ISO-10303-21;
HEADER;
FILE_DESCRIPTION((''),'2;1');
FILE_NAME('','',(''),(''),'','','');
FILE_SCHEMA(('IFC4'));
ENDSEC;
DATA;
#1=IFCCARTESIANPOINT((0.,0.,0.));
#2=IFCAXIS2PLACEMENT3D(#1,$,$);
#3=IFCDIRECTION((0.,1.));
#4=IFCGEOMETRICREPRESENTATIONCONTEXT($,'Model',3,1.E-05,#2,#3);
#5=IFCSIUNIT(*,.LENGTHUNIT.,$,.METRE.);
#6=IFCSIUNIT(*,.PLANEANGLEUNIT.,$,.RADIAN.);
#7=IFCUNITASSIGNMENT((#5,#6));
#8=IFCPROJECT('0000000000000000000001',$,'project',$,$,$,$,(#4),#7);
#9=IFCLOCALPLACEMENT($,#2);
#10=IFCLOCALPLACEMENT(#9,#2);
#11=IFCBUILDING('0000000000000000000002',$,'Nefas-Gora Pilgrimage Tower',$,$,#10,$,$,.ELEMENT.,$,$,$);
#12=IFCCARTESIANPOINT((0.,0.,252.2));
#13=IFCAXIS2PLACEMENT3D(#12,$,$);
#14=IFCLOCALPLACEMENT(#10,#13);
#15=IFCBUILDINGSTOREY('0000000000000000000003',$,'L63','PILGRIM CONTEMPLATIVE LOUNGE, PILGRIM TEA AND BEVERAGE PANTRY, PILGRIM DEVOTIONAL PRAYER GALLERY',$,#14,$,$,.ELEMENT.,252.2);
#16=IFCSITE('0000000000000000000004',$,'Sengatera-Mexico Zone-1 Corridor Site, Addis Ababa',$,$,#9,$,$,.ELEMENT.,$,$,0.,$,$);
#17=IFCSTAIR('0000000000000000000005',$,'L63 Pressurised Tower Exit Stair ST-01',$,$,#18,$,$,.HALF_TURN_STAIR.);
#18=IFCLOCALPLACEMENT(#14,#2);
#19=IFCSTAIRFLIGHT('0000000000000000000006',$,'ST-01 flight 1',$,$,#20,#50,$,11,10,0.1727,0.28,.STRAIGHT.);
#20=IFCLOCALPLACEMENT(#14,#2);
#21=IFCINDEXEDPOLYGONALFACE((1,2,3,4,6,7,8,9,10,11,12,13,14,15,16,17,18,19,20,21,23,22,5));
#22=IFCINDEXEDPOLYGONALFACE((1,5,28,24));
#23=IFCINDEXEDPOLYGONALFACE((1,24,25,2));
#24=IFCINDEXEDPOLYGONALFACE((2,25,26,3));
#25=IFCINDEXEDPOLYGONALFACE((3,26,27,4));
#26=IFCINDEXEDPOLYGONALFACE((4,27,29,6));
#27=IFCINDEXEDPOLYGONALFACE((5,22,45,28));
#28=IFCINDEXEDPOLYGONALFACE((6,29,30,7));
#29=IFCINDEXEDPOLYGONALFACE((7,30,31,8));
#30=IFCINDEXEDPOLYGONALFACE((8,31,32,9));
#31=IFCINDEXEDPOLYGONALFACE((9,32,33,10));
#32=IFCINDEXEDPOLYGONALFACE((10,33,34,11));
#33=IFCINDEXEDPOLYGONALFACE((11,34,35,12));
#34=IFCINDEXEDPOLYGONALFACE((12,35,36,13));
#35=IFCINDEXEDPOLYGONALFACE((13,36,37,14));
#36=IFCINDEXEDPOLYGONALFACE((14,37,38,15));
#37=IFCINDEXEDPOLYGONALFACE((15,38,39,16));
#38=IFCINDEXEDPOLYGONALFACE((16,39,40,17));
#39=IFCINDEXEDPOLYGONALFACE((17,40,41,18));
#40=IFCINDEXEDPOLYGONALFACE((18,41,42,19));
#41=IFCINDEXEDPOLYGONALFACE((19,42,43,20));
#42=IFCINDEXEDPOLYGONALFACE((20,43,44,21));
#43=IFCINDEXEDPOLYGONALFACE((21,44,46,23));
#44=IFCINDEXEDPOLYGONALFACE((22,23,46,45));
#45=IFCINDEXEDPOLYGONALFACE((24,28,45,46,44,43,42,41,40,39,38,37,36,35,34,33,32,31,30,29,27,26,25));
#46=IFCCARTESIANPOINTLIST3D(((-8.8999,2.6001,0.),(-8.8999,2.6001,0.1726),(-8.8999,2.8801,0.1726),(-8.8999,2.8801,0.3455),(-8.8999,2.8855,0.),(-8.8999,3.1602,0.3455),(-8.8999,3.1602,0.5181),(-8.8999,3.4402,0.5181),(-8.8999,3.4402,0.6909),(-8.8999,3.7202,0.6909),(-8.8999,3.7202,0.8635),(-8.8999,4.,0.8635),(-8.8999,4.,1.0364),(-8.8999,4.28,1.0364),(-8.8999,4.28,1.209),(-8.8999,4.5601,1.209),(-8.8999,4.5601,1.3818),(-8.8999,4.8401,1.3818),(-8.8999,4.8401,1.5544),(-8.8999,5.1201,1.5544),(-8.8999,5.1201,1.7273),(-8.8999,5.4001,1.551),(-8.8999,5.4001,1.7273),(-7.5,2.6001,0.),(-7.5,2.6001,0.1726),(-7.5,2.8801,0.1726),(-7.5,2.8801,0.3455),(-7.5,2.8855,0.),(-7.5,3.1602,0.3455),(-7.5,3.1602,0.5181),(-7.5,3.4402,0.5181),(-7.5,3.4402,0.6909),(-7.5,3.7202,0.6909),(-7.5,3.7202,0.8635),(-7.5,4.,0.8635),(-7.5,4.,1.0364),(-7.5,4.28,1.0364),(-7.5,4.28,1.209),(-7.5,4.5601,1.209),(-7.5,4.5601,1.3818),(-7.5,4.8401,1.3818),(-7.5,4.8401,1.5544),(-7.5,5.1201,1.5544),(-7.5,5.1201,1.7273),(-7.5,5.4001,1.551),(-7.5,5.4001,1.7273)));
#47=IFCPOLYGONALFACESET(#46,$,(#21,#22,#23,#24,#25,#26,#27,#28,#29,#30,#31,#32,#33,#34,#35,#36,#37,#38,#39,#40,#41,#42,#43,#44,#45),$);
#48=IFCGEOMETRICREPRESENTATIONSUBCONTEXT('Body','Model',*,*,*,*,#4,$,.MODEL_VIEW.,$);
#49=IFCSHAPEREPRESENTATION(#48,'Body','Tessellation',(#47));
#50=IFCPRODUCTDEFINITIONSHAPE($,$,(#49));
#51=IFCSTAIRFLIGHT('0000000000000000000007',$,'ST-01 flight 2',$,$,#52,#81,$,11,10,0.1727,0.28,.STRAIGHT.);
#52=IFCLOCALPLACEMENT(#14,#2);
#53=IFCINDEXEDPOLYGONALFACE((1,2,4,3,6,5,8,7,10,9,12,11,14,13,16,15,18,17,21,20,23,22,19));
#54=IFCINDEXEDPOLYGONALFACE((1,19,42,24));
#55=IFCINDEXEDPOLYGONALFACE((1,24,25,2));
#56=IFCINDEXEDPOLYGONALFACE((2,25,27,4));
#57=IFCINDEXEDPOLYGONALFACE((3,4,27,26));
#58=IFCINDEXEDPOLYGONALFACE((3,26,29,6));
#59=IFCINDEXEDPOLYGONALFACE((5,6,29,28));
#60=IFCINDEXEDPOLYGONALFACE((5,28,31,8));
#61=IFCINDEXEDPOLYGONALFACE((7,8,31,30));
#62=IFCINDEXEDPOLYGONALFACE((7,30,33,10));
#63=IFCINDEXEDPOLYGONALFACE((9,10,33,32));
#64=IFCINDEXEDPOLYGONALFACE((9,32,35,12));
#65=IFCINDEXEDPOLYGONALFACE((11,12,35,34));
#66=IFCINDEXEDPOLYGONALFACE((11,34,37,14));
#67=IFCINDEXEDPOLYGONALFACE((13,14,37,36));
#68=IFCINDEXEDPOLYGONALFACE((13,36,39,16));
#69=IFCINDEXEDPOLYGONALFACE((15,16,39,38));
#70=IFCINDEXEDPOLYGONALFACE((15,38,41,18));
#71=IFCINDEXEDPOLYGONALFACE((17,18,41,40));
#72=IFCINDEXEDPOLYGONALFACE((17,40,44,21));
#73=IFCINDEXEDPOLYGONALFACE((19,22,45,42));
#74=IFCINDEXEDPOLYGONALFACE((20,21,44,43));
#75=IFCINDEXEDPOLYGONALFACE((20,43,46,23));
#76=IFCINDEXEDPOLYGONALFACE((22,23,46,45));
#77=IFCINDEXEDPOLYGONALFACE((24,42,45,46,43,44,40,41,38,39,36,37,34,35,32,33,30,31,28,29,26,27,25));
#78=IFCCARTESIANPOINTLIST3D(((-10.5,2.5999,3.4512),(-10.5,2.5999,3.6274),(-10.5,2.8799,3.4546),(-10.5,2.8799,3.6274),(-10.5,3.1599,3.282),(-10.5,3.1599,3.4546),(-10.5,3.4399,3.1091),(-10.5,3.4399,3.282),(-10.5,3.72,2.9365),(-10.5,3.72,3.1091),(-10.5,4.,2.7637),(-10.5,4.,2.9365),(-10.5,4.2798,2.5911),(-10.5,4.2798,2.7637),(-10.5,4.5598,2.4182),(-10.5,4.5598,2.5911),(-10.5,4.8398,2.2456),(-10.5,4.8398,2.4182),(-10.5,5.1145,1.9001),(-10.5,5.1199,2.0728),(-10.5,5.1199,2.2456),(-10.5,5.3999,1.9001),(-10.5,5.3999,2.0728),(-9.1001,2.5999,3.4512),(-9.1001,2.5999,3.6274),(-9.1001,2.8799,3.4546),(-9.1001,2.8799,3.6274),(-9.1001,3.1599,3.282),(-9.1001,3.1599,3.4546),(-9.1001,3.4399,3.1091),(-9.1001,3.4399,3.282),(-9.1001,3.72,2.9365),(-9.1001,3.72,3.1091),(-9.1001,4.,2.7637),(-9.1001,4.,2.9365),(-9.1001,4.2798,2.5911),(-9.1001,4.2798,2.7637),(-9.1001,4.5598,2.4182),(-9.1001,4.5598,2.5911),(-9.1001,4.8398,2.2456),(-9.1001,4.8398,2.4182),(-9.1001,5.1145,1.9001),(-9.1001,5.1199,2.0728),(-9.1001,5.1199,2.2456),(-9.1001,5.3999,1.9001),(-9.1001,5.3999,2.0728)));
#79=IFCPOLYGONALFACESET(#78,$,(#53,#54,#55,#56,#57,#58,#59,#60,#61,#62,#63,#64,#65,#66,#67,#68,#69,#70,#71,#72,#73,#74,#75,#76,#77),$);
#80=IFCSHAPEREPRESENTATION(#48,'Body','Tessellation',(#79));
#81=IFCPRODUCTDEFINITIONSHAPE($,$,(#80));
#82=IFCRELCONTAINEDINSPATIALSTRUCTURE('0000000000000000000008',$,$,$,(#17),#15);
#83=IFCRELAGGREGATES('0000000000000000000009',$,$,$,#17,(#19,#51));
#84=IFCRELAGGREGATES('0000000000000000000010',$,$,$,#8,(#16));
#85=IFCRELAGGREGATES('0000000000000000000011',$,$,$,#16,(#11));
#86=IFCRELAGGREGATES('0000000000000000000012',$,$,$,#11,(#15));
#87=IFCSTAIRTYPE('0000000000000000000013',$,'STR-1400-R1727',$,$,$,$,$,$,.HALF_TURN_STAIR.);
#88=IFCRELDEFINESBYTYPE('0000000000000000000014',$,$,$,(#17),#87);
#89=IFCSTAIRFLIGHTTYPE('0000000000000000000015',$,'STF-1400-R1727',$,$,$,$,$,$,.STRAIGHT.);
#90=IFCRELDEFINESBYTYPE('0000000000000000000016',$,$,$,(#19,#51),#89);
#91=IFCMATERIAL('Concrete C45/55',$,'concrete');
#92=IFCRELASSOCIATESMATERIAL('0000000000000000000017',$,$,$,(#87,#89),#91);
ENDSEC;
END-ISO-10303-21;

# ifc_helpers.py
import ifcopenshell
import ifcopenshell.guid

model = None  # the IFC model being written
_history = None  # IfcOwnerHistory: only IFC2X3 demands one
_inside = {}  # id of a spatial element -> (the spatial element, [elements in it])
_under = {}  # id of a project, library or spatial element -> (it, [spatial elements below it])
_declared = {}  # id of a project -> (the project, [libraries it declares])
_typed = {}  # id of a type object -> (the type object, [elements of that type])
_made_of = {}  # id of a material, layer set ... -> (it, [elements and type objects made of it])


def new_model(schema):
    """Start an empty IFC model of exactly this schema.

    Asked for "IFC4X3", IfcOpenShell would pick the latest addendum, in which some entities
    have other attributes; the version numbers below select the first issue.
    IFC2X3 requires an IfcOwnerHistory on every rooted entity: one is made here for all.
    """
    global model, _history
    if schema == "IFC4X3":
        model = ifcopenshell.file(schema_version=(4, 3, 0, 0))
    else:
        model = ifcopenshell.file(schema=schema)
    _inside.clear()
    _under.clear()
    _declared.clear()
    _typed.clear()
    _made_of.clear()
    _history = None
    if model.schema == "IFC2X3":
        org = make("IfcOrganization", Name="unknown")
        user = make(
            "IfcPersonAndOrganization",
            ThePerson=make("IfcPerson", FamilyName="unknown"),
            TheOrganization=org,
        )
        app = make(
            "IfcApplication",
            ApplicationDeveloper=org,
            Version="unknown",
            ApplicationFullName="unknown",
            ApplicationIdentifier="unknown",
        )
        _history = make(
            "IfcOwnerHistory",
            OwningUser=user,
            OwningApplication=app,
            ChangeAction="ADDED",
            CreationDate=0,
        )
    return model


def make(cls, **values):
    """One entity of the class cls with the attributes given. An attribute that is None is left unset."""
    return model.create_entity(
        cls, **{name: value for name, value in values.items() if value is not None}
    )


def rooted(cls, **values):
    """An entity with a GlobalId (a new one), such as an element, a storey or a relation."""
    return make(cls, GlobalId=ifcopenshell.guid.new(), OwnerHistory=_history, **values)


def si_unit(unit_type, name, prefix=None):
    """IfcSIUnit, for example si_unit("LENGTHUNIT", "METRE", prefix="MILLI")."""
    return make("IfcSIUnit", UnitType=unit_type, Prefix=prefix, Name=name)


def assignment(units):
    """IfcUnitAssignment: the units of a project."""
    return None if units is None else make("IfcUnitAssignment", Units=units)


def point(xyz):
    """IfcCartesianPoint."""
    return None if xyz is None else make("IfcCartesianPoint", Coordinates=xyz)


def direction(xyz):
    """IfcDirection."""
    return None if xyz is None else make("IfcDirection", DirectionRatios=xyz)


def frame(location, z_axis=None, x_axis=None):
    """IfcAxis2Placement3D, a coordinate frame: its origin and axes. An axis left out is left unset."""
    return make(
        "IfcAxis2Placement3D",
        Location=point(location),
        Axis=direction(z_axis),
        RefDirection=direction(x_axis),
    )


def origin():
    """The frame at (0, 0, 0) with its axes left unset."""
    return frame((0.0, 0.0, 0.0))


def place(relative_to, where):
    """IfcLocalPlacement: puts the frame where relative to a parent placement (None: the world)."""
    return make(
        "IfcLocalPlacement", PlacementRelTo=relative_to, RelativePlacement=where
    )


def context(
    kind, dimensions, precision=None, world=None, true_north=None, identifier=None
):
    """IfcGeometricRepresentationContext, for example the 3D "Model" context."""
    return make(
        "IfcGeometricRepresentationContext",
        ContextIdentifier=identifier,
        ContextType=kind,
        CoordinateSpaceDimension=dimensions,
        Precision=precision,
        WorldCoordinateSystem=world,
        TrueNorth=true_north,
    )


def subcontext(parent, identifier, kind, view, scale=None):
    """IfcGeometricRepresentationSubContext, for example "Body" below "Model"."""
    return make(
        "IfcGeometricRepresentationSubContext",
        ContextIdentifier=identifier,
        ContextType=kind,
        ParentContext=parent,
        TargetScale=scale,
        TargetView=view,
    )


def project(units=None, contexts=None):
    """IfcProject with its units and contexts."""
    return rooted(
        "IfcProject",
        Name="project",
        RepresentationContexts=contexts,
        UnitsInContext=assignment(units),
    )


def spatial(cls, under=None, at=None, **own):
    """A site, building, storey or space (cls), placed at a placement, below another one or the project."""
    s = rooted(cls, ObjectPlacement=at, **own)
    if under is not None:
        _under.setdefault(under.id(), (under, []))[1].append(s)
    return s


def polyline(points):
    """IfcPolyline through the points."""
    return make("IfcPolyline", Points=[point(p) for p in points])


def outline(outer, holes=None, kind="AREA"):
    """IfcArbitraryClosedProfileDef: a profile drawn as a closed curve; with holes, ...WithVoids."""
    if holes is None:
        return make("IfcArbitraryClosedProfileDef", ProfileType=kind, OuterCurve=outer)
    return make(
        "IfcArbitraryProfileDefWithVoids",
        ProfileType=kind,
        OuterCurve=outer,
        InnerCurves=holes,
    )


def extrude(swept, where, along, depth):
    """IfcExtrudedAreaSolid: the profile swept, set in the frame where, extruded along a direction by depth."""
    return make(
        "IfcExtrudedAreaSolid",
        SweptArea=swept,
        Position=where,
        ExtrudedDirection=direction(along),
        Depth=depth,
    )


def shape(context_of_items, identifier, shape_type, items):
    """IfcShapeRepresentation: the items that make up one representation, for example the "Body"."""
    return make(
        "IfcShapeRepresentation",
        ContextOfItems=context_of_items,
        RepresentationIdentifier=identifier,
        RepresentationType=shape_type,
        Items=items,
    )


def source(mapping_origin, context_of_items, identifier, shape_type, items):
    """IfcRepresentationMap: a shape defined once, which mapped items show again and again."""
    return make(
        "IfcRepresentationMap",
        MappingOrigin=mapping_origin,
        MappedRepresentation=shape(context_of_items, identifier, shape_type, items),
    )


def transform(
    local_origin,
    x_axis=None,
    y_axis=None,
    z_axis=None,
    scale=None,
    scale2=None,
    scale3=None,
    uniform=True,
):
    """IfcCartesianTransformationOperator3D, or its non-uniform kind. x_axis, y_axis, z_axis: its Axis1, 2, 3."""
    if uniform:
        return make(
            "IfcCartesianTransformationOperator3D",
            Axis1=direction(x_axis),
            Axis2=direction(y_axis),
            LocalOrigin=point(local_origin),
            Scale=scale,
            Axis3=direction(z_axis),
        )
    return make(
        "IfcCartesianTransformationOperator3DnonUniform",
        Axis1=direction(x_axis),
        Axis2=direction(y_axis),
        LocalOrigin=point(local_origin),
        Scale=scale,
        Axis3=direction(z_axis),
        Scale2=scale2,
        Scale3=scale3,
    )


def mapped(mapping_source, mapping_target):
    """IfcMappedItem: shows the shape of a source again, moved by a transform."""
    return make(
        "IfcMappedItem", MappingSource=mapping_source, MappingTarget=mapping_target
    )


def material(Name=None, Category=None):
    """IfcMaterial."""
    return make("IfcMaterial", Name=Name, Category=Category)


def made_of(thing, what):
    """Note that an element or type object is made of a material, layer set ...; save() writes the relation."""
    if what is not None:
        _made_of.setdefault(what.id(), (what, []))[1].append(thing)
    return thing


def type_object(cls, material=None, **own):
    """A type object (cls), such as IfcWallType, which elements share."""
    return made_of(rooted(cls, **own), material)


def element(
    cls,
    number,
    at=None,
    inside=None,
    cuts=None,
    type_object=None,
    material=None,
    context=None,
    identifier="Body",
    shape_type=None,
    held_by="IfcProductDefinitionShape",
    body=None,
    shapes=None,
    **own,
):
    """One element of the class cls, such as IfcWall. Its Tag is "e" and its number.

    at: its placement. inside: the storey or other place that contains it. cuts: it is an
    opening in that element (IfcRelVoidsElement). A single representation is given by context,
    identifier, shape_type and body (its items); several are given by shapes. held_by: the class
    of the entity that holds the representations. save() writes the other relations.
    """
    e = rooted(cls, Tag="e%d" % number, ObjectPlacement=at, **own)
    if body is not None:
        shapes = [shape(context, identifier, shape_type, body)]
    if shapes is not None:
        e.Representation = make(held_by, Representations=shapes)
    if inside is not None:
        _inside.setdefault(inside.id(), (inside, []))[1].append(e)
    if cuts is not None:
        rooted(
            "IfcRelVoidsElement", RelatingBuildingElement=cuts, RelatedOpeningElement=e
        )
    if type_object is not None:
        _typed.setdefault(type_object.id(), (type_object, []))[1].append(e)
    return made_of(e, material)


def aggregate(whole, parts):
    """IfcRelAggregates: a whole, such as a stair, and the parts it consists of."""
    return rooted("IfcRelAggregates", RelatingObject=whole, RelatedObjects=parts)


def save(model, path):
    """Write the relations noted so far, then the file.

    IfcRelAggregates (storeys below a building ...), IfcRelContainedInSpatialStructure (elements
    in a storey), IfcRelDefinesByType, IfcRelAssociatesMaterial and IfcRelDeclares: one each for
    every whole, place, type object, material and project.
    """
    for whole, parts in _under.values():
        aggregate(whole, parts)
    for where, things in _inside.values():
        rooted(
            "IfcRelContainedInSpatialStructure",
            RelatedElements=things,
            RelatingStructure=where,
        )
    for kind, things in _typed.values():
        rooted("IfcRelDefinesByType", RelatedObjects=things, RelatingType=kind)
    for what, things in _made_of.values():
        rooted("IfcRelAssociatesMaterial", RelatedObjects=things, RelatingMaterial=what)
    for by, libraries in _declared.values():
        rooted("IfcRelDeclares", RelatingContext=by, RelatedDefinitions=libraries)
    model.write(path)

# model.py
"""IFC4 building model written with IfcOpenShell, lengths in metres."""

from ifc_helpers import new_model, si_unit, direction, frame, origin, place, context, subcontext, project, spatial, polyline, outline, extrude, source, transform, mapped, material, type_object, element, aggregate, save


model = new_model("IFC4")

# Units and contexts
model_context = context("Model", 3, precision=1e-05, world=origin(), true_north=direction((0.0, 1.0)))
body_context = subcontext(model_context, "Body", "Model", "MODEL_VIEW")
ifc_project = project(units=[si_unit("LENGTHUNIT", "METRE"), si_unit("PLANEANGLEUNIT", "RADIAN")], contexts=[model_context])

# Site, building, storey
site_placement = place(None, origin())
site = spatial("IfcSite", under=ifc_project, at=site_placement, Name="Sengatera-Mexico Zone-1 Corridor Site, Addis Ababa", CompositionType="ELEMENT", RefElevation=0.0)
building_placement = place(site_placement, origin())
building = spatial("IfcBuilding", under=site, at=building_placement, Name="Nefas-Gora Pilgrimage Tower", CompositionType="ELEMENT")
storey_placement = place(building_placement, frame((0.0, 0.0, 252.2)))
storey = spatial("IfcBuildingStorey", under=building, at=storey_placement, Name="L63", Description="PILGRIM CONTEMPLATIVE LOUNGE, PILGRIM TEA AND BEVERAGE PANTRY, PILGRIM DEVOTIONAL PRAYER GALLERY", CompositionType="ELEMENT", Elevation=252.2)

# Shared definitions
ifc_material_1 = material(Name="Concrete C45/55", Category="concrete")

# Stair, stair flights
stair_type = type_object("IfcStairType", Name="STR-1400-R1727", PredefinedType="HALF_TURN_STAIR", material=ifc_material_1)
stair_placement = place(storey_placement, origin())
stair = element("IfcStair", 1, at=stair_placement, inside=storey, type_object=stair_type, Name="L63 Pressurised Tower Exit Stair ST-01", PredefinedType="HALF_TURN_STAIR")
stair_flight_type = type_object("IfcStairFlightType", Name="STF-1400-R1727", PredefinedType="STRAIGHT", material=ifc_material_1)
shared_shape_1 = source(origin(), body_context, "Body", "SweptSolid", [
    extrude(outline(polyline([(0.0, 0.0), (0.0, 0.1726), (0.28, 0.1726), (0.28, 0.3455), (0.5601, 0.3455), (0.5601, 0.5181), (0.8401, 0.5181), (0.8401, 0.6909), (1.1201, 0.6909), (1.1201, 0.8635), (1.3999, 0.8635), (1.3999, 1.0364), (1.6799, 1.0364), (1.6799, 1.209), (1.96, 1.209), (1.96, 1.3818), (2.24, 1.3818), (2.24, 1.5544), (2.52, 1.5544), (2.52, 1.7273), (2.8, 1.7273), (2.8, 1.8999), (2.8, 1.551), (0.2854, 0.0), (0.0, 0.0)])), frame((0.0, 0.7, 0.0), z_axis=(0.0, -1.0, 0.0), x_axis=(1.0, 0.0, 0.0)), (0.0, 0.0, 1.0), 1.3999),
])
stair_flight_1_placement = place(storey_placement, frame((-8.2, 2.6001, 0.0), z_axis=(0.0, 0.0, 1.0), x_axis=(0.0, 1.0, 0.0)))
stair_flight_1 = element("IfcStairFlight", 2, at=stair_flight_1_placement, type_object=stair_flight_type, Name="ST-01 flight 1", NumberOfRisers=11, NumberOfTreads=10, PredefinedType="STRAIGHT", RiserHeight=0.1727, TreadLength=0.28, context=body_context, shape_type="MappedRepresentation", body=[
    mapped(shared_shape_1, transform((0.0, 0.0, 0.0), x_axis=(1.0, 0.0, 0.0), y_axis=(0.0, 1.0, 0.0), z_axis=(0.0, 0.0, 1.0), scale=1.0)),
])
stair_flight_2_placement = place(storey_placement, frame((-9.8, 5.3999, 1.9001), z_axis=(0.0, 0.0, 1.0), x_axis=(0.0, -1.0, 0.0)))
stair_flight_2 = element("IfcStairFlight", 3, at=stair_flight_2_placement, type_object=stair_flight_type, Name="ST-01 flight 2", NumberOfRisers=11, NumberOfTreads=10, PredefinedType="STRAIGHT", RiserHeight=0.1727, TreadLength=0.28, context=body_context, shape_type="MappedRepresentation", body=[
    mapped(shared_shape_1, transform((0.0, 0.0, 0.0), x_axis=(1.0, 0.0, 0.0), y_axis=(0.0, 1.0, 0.0), z_axis=(0.0, 0.0, 1.0), scale=1.0)),
])
aggregate(stair, [stair_flight_1, stair_flight_2])

save(model, "model.ifc")
